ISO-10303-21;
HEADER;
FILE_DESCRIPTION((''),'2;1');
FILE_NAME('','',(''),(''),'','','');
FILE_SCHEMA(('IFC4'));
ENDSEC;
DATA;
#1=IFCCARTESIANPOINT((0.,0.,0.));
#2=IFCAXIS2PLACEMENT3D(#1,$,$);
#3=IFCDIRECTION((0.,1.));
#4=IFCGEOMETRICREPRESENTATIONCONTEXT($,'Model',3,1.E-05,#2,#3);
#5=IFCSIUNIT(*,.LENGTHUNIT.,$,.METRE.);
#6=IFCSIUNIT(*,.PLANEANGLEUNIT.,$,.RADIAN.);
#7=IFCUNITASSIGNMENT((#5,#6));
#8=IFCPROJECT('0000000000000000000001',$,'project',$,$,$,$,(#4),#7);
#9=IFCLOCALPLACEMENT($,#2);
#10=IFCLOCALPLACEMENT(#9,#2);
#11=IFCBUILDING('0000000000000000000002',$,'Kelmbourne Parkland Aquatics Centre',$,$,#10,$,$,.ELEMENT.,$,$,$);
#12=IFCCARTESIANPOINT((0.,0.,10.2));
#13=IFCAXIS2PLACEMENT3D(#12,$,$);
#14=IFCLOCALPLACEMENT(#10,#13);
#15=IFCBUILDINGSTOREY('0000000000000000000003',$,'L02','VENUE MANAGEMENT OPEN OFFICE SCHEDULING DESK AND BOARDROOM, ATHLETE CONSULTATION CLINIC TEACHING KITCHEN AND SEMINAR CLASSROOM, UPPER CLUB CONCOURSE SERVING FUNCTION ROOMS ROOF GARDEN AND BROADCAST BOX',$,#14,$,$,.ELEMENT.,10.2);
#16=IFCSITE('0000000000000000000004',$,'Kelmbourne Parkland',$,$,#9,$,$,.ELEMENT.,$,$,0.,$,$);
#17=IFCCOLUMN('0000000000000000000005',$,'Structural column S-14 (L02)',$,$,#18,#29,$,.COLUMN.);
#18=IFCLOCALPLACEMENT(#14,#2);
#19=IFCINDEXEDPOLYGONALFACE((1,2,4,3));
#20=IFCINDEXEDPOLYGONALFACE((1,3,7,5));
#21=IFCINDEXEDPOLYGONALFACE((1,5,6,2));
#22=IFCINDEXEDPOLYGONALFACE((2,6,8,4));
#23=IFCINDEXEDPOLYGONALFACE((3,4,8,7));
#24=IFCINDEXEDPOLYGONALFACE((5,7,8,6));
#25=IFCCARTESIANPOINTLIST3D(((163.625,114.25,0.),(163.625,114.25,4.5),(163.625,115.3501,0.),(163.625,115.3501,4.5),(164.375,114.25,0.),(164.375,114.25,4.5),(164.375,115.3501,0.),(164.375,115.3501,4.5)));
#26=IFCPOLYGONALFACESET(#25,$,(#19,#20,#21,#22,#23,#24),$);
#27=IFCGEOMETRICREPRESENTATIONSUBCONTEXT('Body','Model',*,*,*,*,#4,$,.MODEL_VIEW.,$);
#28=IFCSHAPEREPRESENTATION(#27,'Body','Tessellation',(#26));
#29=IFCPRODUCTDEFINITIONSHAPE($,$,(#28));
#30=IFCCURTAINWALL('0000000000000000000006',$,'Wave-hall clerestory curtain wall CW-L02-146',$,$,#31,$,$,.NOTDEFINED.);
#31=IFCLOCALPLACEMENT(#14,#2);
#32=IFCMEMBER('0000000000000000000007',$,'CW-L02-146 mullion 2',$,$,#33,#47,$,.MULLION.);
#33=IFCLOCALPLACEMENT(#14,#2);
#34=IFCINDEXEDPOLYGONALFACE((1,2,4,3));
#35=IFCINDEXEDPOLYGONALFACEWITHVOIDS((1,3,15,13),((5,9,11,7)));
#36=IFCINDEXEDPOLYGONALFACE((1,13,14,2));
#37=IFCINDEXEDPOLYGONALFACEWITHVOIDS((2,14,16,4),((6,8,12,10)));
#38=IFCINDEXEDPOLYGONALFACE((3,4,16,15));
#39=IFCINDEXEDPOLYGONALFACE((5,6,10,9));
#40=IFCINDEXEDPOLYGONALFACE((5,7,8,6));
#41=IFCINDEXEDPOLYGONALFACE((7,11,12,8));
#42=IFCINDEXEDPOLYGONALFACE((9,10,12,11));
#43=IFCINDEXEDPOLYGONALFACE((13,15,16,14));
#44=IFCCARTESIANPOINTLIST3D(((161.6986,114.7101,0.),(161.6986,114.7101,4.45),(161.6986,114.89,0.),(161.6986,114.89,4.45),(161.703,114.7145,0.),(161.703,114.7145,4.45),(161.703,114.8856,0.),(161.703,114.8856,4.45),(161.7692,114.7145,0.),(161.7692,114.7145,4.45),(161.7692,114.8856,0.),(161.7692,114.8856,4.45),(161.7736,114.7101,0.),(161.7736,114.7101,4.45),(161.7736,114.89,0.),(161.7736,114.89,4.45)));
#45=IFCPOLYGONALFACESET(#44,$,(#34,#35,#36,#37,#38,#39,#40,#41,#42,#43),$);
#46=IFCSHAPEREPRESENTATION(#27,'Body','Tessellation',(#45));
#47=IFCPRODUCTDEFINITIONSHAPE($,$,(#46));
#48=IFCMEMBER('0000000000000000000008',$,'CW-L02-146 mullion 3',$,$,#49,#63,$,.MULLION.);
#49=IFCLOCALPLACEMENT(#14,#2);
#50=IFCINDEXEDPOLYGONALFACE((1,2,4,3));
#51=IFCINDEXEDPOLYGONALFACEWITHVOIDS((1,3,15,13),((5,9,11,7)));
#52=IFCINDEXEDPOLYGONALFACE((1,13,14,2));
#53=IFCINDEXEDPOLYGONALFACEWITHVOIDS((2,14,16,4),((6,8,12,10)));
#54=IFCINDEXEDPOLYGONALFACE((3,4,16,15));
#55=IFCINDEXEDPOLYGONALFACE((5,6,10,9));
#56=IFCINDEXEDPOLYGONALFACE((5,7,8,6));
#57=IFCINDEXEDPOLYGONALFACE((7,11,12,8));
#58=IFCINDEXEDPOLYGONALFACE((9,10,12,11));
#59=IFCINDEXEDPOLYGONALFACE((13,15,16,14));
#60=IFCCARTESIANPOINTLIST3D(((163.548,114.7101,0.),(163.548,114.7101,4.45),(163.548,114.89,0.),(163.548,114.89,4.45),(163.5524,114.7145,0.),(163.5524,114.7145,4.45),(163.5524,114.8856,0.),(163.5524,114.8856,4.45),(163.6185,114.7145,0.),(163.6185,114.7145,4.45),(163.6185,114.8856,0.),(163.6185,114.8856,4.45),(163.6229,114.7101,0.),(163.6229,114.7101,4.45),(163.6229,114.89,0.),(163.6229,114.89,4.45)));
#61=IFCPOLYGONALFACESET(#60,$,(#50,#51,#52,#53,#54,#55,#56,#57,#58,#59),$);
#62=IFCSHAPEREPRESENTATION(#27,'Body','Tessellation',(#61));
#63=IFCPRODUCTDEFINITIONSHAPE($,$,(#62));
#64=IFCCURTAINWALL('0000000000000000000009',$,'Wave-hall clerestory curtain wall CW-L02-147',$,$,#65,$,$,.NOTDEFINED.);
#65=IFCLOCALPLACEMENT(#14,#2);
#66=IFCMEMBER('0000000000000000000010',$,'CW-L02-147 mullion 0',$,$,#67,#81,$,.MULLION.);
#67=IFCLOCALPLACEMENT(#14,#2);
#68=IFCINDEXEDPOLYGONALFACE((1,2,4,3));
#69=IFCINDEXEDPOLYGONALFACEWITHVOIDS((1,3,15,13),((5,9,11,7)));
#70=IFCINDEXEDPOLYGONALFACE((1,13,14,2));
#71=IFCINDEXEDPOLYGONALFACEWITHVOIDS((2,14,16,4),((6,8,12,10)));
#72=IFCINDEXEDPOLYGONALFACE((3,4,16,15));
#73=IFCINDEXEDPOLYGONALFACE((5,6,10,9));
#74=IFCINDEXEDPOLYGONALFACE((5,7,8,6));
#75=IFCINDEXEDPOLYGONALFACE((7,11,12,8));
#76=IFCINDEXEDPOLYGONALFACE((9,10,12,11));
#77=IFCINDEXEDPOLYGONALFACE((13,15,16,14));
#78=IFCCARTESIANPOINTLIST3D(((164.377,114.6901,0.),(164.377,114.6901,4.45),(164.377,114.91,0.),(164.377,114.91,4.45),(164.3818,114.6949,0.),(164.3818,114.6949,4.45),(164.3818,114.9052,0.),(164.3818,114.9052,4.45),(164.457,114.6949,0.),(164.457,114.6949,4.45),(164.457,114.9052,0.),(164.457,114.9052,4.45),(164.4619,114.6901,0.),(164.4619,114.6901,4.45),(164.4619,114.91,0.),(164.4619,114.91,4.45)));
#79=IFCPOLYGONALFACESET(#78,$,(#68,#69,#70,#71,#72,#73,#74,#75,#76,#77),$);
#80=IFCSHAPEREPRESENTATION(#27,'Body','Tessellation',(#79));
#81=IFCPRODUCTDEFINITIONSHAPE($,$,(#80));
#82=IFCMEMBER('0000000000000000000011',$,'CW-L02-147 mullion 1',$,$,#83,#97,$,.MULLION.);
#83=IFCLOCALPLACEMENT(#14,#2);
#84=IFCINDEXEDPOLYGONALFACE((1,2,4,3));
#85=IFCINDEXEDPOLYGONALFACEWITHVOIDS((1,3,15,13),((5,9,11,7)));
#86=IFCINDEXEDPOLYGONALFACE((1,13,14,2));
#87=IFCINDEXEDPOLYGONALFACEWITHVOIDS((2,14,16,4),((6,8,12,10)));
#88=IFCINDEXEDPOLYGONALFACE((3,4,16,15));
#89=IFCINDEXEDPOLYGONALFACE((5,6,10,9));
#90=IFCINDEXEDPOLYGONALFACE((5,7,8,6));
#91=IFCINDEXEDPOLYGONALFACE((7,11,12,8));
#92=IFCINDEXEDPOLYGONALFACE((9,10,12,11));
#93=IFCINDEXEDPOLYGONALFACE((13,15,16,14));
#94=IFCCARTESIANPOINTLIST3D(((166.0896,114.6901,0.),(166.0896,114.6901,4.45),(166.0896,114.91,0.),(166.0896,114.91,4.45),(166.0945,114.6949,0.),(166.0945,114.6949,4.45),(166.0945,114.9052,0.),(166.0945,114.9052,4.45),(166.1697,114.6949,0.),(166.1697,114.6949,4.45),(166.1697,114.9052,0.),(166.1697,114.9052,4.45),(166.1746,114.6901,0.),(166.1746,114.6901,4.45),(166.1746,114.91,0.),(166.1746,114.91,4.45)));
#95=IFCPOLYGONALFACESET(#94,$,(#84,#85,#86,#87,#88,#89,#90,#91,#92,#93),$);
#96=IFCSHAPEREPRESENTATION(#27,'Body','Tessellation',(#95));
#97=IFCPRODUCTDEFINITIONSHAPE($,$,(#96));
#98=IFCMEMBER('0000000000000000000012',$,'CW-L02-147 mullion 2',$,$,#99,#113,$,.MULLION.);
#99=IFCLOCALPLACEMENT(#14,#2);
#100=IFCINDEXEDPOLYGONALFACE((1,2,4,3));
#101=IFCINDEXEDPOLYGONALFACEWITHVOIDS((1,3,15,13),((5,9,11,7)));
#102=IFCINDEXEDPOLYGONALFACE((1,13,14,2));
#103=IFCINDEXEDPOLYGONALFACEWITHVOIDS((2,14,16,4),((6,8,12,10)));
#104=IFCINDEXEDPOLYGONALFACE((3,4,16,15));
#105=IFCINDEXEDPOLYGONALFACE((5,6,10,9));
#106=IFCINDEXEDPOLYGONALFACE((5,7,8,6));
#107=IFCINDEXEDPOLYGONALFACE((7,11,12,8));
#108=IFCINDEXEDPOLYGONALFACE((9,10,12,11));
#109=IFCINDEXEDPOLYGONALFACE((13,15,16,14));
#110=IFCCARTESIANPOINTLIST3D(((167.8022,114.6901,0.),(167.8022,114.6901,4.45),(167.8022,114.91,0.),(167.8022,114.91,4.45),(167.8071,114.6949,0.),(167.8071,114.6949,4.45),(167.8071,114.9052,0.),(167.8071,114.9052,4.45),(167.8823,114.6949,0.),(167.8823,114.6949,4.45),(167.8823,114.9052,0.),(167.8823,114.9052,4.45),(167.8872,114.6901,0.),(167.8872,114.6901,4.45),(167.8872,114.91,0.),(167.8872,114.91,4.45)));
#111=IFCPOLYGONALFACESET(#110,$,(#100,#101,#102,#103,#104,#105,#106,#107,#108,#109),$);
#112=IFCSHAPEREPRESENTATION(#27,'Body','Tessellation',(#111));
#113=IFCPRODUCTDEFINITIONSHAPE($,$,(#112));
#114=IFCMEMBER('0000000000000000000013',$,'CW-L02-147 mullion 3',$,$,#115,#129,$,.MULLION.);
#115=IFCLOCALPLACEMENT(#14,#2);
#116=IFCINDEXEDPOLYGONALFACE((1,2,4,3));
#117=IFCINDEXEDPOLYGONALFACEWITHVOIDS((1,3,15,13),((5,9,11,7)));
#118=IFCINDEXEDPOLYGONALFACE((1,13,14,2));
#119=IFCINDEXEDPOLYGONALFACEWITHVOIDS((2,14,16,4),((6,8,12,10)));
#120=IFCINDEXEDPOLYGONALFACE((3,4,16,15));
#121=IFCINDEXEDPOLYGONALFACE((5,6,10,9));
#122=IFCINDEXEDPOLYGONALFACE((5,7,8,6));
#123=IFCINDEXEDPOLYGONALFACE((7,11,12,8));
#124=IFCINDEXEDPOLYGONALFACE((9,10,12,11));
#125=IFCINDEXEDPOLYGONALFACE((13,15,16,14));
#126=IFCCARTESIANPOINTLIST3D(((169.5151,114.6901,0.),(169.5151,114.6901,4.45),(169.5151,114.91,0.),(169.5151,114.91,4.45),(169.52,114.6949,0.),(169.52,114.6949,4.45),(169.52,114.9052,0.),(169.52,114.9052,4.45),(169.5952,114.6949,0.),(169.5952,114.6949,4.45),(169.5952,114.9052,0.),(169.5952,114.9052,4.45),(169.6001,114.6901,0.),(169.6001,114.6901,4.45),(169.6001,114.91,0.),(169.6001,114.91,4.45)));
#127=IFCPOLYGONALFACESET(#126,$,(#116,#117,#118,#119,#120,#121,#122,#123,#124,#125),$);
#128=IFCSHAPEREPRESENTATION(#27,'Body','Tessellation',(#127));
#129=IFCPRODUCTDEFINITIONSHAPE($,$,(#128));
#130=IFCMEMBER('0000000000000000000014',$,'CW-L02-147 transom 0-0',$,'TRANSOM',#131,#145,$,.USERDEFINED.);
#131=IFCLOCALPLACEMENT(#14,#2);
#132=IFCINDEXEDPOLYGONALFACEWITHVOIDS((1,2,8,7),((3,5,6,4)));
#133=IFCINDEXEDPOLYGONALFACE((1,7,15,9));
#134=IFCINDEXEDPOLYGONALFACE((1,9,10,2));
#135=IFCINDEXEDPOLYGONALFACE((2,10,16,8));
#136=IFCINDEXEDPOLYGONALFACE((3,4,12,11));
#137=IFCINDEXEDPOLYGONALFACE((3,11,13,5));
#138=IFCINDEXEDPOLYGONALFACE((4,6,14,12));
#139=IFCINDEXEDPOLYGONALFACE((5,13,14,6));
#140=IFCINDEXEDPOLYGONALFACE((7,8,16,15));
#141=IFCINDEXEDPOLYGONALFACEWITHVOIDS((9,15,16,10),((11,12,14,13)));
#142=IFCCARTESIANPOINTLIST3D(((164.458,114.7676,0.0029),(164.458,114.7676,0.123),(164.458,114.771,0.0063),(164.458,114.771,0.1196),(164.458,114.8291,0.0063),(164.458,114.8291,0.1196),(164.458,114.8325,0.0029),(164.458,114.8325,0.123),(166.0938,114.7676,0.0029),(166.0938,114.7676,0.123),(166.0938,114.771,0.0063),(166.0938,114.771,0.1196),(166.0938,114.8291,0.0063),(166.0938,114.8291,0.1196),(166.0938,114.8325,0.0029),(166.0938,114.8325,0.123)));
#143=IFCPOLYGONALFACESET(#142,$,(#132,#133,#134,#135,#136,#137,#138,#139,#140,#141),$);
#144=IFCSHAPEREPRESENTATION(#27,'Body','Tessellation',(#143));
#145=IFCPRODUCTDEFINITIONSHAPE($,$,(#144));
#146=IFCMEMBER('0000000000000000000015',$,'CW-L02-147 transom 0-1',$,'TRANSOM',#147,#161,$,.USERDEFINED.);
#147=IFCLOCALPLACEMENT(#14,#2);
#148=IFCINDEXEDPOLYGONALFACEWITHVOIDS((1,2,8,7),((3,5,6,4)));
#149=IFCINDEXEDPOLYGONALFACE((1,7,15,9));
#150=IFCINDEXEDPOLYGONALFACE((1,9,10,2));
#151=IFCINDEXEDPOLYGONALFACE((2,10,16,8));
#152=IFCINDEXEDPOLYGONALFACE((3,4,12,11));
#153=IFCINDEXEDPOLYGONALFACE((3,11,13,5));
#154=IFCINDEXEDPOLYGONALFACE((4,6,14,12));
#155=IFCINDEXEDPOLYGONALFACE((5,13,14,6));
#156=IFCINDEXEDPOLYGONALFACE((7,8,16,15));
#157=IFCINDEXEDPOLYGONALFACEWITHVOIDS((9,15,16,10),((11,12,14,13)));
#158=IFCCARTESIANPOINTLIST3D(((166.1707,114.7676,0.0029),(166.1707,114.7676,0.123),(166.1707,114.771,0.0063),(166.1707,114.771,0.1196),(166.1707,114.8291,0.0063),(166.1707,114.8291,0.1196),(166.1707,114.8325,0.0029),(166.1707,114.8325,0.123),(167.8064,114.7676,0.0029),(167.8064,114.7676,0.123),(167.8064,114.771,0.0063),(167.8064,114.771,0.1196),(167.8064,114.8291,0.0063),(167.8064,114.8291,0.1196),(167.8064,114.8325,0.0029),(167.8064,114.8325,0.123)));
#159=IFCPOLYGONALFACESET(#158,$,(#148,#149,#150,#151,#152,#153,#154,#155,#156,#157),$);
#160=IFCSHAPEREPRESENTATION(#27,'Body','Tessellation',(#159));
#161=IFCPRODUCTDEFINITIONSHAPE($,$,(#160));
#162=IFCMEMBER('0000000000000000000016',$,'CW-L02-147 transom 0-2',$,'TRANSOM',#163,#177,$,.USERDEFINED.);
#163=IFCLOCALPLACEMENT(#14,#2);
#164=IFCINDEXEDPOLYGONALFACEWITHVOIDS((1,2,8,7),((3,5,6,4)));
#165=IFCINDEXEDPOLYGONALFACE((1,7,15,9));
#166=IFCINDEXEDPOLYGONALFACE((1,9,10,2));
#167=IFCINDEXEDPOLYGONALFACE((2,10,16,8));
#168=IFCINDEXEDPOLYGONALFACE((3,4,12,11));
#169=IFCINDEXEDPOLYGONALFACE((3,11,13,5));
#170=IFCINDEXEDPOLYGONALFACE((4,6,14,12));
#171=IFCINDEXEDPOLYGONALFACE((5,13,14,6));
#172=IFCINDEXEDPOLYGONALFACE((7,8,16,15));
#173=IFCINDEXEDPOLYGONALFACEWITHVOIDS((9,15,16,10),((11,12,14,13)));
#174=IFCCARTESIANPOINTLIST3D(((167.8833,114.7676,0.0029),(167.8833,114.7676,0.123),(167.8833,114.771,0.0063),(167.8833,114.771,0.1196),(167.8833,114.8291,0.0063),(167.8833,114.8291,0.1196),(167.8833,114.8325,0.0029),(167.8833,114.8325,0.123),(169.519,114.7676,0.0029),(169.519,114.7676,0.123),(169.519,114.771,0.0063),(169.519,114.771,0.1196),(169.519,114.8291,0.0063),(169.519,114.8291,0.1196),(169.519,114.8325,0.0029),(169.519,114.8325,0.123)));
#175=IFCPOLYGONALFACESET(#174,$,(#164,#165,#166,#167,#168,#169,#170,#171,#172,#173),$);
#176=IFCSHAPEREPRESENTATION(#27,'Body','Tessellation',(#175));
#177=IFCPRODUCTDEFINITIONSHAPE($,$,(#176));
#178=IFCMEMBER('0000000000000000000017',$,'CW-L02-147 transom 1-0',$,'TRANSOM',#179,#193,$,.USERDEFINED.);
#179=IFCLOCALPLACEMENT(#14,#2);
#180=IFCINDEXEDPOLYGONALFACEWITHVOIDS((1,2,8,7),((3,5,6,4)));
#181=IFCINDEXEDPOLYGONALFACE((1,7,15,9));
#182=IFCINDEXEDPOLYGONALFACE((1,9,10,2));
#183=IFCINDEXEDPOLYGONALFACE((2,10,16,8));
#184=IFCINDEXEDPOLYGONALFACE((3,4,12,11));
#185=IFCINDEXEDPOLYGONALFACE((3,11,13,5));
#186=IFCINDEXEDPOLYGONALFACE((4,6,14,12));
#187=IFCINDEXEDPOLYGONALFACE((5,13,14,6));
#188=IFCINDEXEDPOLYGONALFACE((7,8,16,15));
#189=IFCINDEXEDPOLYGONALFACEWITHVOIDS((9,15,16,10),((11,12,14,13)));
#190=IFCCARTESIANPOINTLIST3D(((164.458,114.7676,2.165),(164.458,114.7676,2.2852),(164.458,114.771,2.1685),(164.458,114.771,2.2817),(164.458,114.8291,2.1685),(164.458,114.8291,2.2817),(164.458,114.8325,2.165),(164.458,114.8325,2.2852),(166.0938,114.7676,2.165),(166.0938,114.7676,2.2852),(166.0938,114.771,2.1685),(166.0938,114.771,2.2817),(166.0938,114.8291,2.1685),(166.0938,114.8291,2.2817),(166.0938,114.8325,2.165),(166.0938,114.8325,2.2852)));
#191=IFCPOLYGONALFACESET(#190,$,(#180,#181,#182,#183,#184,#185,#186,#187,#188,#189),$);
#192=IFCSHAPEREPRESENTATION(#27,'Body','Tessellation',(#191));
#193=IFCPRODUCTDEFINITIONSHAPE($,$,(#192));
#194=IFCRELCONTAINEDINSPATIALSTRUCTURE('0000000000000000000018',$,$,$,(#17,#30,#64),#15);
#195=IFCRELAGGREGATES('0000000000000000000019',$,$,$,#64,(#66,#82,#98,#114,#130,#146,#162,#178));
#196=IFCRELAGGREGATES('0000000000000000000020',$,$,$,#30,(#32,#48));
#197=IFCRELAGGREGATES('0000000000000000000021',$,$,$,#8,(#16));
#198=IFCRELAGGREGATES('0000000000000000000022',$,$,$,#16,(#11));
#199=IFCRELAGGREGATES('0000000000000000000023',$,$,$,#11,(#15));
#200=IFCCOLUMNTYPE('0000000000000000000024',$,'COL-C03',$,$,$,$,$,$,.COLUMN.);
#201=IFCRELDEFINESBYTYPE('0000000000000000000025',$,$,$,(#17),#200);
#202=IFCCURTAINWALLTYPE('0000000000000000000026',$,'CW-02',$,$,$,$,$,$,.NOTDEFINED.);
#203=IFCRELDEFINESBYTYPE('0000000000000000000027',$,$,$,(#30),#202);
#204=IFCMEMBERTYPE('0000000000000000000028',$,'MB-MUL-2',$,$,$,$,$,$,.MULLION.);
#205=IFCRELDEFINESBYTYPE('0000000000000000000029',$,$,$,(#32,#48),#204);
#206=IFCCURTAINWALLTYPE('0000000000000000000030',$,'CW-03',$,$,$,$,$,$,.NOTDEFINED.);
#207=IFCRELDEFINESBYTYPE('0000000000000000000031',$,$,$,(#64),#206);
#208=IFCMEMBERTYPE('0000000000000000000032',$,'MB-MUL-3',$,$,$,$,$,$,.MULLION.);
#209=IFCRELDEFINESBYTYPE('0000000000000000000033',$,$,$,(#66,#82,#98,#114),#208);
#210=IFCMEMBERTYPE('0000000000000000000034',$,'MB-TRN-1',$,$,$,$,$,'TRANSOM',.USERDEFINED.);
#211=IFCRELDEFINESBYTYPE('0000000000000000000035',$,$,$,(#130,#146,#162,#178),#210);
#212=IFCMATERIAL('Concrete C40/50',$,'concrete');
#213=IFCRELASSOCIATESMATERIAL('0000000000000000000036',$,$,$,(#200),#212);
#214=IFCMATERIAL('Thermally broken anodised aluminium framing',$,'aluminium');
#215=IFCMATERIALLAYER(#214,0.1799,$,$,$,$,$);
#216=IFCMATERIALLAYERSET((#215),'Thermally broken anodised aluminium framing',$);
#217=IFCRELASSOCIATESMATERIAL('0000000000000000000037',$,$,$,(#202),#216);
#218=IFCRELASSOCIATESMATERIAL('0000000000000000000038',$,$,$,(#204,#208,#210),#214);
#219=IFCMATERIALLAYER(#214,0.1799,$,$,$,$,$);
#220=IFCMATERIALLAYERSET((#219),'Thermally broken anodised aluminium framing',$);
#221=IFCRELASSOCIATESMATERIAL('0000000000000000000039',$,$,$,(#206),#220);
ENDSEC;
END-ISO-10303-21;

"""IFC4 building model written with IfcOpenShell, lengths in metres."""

from ifc_helpers import new_model, si_unit, direction, frame, origin, origin_2d, place, context, subcontext, project, spatial, rectangle, hollow_rectangle, extrude, material, layer, layer_set, material_profile, profile_set, type_object, element, aggregate, save


model = new_model("IFC4")

# Units and contexts
model_context = context("Model", 3, precision=1e-05, world=origin(), true_north=direction((0.0, 1.0)))
body_context = subcontext(model_context, "Body", "Model", "MODEL_VIEW")
ifc_project = project(units=[si_unit("LENGTHUNIT", "METRE"), si_unit("PLANEANGLEUNIT", "RADIAN")], contexts=[model_context])

# Site, building, storey
site_placement = place(None, origin())
site = spatial("IfcSite", under=ifc_project, at=site_placement, Name="Kelmbourne Parkland", CompositionType="ELEMENT", RefElevation=0.0)
building_placement = place(site_placement, origin())
building = spatial("IfcBuilding", under=site, at=building_placement, Name="Kelmbourne Parkland Aquatics Centre", CompositionType="ELEMENT")
storey_placement = place(building_placement, frame((0.0, 0.0, 10.2)))
storey = spatial("IfcBuildingStorey", under=building, at=storey_placement, Name="L02", Description="VENUE MANAGEMENT OPEN OFFICE SCHEDULING DESK AND BOARDROOM, ATHLETE CONSULTATION CLINIC TEACHING KITCHEN AND SEMINAR CLASSROOM, UPPER CLUB CONCOURSE SERVING FUNCTION ROOMS ROOF GARDEN AND BROADCAST BOX", CompositionType="ELEMENT", Elevation=10.2)

# Column
ifc_material_1 = material(Name="Concrete C40/50", Category="concrete")
ifc_material_profile_1 = material_profile(ifc_material_1, rectangle(XDim=0.75, YDim=1.1001, at=origin_2d()), Name="RC 750x1100")
ifc_profile_set_1 = profile_set([ifc_material_profile_1], Name="Concrete C40/50")
column_type = type_object("IfcColumnType", Name="COL-C03", PredefinedType="COLUMN", material=ifc_profile_set_1)
column_placement = place(storey_placement, frame((164.0, 114.8, 0.0), z_axis=(0.0, 0.0, 1.0), x_axis=(1.0, 0.0, 0.0)))
element("IfcColumn", 1, at=column_placement, inside=storey, type_object=column_type, Name="Structural column S-14 (L02)", PredefinedType="COLUMN", context=body_context, shape_type="SweptSolid", body=[
    extrude(rectangle(XDim=0.75, YDim=1.1001, at=origin_2d()), origin(), (0.0, 0.0, 1.0), 4.5),
])

# Curtain walls, members
ifc_material_2 = material(Name="Thermally broken anodised aluminium framing", Category="aluminium")
ifc_layer_1 = layer(ifc_material_2, 0.1799)
ifc_layer_set_1 = layer_set([ifc_layer_1], Name="Thermally broken anodised aluminium framing")
curtain_wall_type_1 = type_object("IfcCurtainWallType", Name="CW-02", PredefinedType="NOTDEFINED", material=ifc_layer_set_1)
curtain_wall_1_placement = place(storey_placement, origin())
curtain_wall_1 = element("IfcCurtainWall", 2, at=curtain_wall_1_placement, inside=storey, type_object=curtain_wall_type_1, Name="Wave-hall clerestory curtain wall CW-L02-146", PredefinedType="NOTDEFINED")
ifc_material_profile_2 = material_profile(ifc_material_2, hollow_rectangle(XDim=0.075, YDim=0.1799, WallThickness=0.0044, at=origin_2d()), Name="CW-M 75x180")
ifc_profile_set_2 = profile_set([ifc_material_profile_2], Name="Thermally broken anodised aluminium framing")
member_type_1 = type_object("IfcMemberType", Name="MB-MUL-2", PredefinedType="MULLION", material=ifc_profile_set_2)
member_1_placement = place(storey_placement, frame((161.7361, 114.8, 0.0), z_axis=(0.0, 0.0, 1.0), x_axis=(1.0, 0.0, 0.0)))
member_1 = element("IfcMember", 3, at=member_1_placement, type_object=member_type_1, Name="CW-L02-146 mullion 2", PredefinedType="MULLION", context=body_context, shape_type="SweptSolid", body=[
    extrude(hollow_rectangle(XDim=0.075, YDim=0.1799, WallThickness=0.0044, at=origin_2d()), origin(), (0.0, 0.0, 1.0), 4.45),
])
member_2_placement = place(storey_placement, frame((163.5854, 114.8, 0.0), z_axis=(0.0, 0.0, 1.0), x_axis=(1.0, 0.0, 0.0)))
member_2 = element("IfcMember", 4, at=member_2_placement, type_object=member_type_1, Name="CW-L02-146 mullion 3", PredefinedType="MULLION", context=body_context, shape_type="SweptSolid", body=[
    extrude(hollow_rectangle(XDim=0.075, YDim=0.1799, WallThickness=0.0044, at=origin_2d()), origin(), (0.0, 0.0, 1.0), 4.45),
])
ifc_layer_2 = layer(ifc_material_2, 0.1799)
ifc_layer_set_2 = layer_set([ifc_layer_2], Name="Thermally broken anodised aluminium framing")
curtain_wall_type_2 = type_object("IfcCurtainWallType", Name="CW-03", PredefinedType="NOTDEFINED", material=ifc_layer_set_2)
curtain_wall_2_placement = place(storey_placement, origin())
curtain_wall_2 = element("IfcCurtainWall", 5, at=curtain_wall_2_placement, inside=storey, type_object=curtain_wall_type_2, Name="Wave-hall clerestory curtain wall CW-L02-147", PredefinedType="NOTDEFINED")
ifc_material_profile_3 = material_profile(ifc_material_2, hollow_rectangle(XDim=0.085, YDim=0.22, WallThickness=0.0049, at=origin_2d()), Name="CW-M 85x220")
ifc_profile_set_3 = profile_set([ifc_material_profile_3], Name="Thermally broken anodised aluminium framing")
member_type_2 = type_object("IfcMemberType", Name="MB-MUL-3", PredefinedType="MULLION", material=ifc_profile_set_3)
member_3_placement = place(storey_placement, frame((164.4194, 114.8, 0.0), z_axis=(0.0, 0.0, 1.0), x_axis=(1.0, 0.0, 0.0)))
member_3 = element("IfcMember", 6, at=member_3_placement, type_object=member_type_2, Name="CW-L02-147 mullion 0", PredefinedType="MULLION", context=body_context, shape_type="SweptSolid", body=[
    extrude(hollow_rectangle(XDim=0.085, YDim=0.22, WallThickness=0.0049, at=origin_2d()), origin(), (0.0, 0.0, 1.0), 4.45),
])
member_4_placement = place(storey_placement, frame((166.1321, 114.8, 0.0), z_axis=(0.0, 0.0, 1.0), x_axis=(1.0, 0.0, 0.0)))
member_4 = element("IfcMember", 7, at=member_4_placement, type_object=member_type_2, Name="CW-L02-147 mullion 1", PredefinedType="MULLION", context=body_context, shape_type="SweptSolid", body=[
    extrude(hollow_rectangle(XDim=0.085, YDim=0.22, WallThickness=0.0049, at=origin_2d()), origin(), (0.0, 0.0, 1.0), 4.45),
])
member_5_placement = place(storey_placement, frame((167.8447, 114.8, 0.0), z_axis=(0.0, 0.0, 1.0), x_axis=(1.0, 0.0, 0.0)))
member_5 = element("IfcMember", 8, at=member_5_placement, type_object=member_type_2, Name="CW-L02-147 mullion 2", PredefinedType="MULLION", context=body_context, shape_type="SweptSolid", body=[
    extrude(hollow_rectangle(XDim=0.085, YDim=0.22, WallThickness=0.0049, at=origin_2d()), origin(), (0.0, 0.0, 1.0), 4.45),
])
member_6_placement = place(storey_placement, frame((169.5576, 114.8, 0.0), z_axis=(0.0, 0.0, 1.0), x_axis=(1.0, 0.0, 0.0)))
member_6 = element("IfcMember", 9, at=member_6_placement, type_object=member_type_2, Name="CW-L02-147 mullion 3", PredefinedType="MULLION", context=body_context, shape_type="SweptSolid", body=[
    extrude(hollow_rectangle(XDim=0.085, YDim=0.22, WallThickness=0.0049, at=origin_2d()), origin(), (0.0, 0.0, 1.0), 4.45),
])
ifc_material_profile_4 = material_profile(ifc_material_2, hollow_rectangle(XDim=0.0649, YDim=0.1201, WallThickness=0.0034, at=origin_2d()), Name="CW-T 65x120")
ifc_profile_set_4 = profile_set([ifc_material_profile_4], Name="Thermally broken anodised aluminium framing")
member_type_3 = type_object("IfcMemberType", Name="MB-TRN-1", ElementType="TRANSOM", PredefinedType="USERDEFINED", material=ifc_profile_set_4)
member_7_placement = place(storey_placement, frame((164.458, 114.8, 0.063), z_axis=(1.0, 0.0, 0.0), x_axis=(0.0, 1.0, 0.0)))
member_7 = element("IfcMember", 10, at=member_7_placement, type_object=member_type_3, Name="CW-L02-147 transom 0-0", ObjectType="TRANSOM", PredefinedType="USERDEFINED", context=body_context, shape_type="SweptSolid", body=[
    extrude(hollow_rectangle(XDim=0.0649, YDim=0.1201, WallThickness=0.0034, at=origin_2d()), origin(), (0.0, 0.0, 1.0), 1.6357),
])
member_8_placement = place(storey_placement, frame((166.1707, 114.8, 0.063), z_axis=(1.0, 0.0, 0.0), x_axis=(0.0, 1.0, 0.0)))
member_8 = element("IfcMember", 11, at=member_8_placement, type_object=member_type_3, Name="CW-L02-147 transom 0-1", ObjectType="TRANSOM", PredefinedType="USERDEFINED", context=body_context, shape_type="SweptSolid", body=[
    extrude(hollow_rectangle(XDim=0.0649, YDim=0.1201, WallThickness=0.0034, at=origin_2d()), origin(), (0.0, 0.0, 1.0), 1.6357),
])
member_9_placement = place(storey_placement, frame((167.8833, 114.8, 0.063), z_axis=(1.0, 0.0, 0.0), x_axis=(0.0, 1.0, 0.0)))
member_9 = element("IfcMember", 12, at=member_9_placement, type_object=member_type_3, Name="CW-L02-147 transom 0-2", ObjectType="TRANSOM", PredefinedType="USERDEFINED", context=body_context, shape_type="SweptSolid", body=[
    extrude(hollow_rectangle(XDim=0.0649, YDim=0.1201, WallThickness=0.0034, at=origin_2d()), origin(), (0.0, 0.0, 1.0), 1.6357),
])
member_10_placement = place(storey_placement, frame((164.458, 114.8, 2.2251), z_axis=(1.0, 0.0, 0.0), x_axis=(0.0, 1.0, 0.0)))
member_10 = element("IfcMember", 13, at=member_10_placement, type_object=member_type_3, Name="CW-L02-147 transom 1-0", ObjectType="TRANSOM", PredefinedType="USERDEFINED", context=body_context, shape_type="SweptSolid", body=[
    extrude(hollow_rectangle(XDim=0.0649, YDim=0.1201, WallThickness=0.0034, at=origin_2d()), origin(), (0.0, 0.0, 1.0), 1.6357),
])

aggregate(curtain_wall_2, [member_3, member_4, member_5, member_6, member_7, member_8, member_9, member_10])
aggregate(curtain_wall_1, [member_1, member_2])

save(model, "model.ifc")
